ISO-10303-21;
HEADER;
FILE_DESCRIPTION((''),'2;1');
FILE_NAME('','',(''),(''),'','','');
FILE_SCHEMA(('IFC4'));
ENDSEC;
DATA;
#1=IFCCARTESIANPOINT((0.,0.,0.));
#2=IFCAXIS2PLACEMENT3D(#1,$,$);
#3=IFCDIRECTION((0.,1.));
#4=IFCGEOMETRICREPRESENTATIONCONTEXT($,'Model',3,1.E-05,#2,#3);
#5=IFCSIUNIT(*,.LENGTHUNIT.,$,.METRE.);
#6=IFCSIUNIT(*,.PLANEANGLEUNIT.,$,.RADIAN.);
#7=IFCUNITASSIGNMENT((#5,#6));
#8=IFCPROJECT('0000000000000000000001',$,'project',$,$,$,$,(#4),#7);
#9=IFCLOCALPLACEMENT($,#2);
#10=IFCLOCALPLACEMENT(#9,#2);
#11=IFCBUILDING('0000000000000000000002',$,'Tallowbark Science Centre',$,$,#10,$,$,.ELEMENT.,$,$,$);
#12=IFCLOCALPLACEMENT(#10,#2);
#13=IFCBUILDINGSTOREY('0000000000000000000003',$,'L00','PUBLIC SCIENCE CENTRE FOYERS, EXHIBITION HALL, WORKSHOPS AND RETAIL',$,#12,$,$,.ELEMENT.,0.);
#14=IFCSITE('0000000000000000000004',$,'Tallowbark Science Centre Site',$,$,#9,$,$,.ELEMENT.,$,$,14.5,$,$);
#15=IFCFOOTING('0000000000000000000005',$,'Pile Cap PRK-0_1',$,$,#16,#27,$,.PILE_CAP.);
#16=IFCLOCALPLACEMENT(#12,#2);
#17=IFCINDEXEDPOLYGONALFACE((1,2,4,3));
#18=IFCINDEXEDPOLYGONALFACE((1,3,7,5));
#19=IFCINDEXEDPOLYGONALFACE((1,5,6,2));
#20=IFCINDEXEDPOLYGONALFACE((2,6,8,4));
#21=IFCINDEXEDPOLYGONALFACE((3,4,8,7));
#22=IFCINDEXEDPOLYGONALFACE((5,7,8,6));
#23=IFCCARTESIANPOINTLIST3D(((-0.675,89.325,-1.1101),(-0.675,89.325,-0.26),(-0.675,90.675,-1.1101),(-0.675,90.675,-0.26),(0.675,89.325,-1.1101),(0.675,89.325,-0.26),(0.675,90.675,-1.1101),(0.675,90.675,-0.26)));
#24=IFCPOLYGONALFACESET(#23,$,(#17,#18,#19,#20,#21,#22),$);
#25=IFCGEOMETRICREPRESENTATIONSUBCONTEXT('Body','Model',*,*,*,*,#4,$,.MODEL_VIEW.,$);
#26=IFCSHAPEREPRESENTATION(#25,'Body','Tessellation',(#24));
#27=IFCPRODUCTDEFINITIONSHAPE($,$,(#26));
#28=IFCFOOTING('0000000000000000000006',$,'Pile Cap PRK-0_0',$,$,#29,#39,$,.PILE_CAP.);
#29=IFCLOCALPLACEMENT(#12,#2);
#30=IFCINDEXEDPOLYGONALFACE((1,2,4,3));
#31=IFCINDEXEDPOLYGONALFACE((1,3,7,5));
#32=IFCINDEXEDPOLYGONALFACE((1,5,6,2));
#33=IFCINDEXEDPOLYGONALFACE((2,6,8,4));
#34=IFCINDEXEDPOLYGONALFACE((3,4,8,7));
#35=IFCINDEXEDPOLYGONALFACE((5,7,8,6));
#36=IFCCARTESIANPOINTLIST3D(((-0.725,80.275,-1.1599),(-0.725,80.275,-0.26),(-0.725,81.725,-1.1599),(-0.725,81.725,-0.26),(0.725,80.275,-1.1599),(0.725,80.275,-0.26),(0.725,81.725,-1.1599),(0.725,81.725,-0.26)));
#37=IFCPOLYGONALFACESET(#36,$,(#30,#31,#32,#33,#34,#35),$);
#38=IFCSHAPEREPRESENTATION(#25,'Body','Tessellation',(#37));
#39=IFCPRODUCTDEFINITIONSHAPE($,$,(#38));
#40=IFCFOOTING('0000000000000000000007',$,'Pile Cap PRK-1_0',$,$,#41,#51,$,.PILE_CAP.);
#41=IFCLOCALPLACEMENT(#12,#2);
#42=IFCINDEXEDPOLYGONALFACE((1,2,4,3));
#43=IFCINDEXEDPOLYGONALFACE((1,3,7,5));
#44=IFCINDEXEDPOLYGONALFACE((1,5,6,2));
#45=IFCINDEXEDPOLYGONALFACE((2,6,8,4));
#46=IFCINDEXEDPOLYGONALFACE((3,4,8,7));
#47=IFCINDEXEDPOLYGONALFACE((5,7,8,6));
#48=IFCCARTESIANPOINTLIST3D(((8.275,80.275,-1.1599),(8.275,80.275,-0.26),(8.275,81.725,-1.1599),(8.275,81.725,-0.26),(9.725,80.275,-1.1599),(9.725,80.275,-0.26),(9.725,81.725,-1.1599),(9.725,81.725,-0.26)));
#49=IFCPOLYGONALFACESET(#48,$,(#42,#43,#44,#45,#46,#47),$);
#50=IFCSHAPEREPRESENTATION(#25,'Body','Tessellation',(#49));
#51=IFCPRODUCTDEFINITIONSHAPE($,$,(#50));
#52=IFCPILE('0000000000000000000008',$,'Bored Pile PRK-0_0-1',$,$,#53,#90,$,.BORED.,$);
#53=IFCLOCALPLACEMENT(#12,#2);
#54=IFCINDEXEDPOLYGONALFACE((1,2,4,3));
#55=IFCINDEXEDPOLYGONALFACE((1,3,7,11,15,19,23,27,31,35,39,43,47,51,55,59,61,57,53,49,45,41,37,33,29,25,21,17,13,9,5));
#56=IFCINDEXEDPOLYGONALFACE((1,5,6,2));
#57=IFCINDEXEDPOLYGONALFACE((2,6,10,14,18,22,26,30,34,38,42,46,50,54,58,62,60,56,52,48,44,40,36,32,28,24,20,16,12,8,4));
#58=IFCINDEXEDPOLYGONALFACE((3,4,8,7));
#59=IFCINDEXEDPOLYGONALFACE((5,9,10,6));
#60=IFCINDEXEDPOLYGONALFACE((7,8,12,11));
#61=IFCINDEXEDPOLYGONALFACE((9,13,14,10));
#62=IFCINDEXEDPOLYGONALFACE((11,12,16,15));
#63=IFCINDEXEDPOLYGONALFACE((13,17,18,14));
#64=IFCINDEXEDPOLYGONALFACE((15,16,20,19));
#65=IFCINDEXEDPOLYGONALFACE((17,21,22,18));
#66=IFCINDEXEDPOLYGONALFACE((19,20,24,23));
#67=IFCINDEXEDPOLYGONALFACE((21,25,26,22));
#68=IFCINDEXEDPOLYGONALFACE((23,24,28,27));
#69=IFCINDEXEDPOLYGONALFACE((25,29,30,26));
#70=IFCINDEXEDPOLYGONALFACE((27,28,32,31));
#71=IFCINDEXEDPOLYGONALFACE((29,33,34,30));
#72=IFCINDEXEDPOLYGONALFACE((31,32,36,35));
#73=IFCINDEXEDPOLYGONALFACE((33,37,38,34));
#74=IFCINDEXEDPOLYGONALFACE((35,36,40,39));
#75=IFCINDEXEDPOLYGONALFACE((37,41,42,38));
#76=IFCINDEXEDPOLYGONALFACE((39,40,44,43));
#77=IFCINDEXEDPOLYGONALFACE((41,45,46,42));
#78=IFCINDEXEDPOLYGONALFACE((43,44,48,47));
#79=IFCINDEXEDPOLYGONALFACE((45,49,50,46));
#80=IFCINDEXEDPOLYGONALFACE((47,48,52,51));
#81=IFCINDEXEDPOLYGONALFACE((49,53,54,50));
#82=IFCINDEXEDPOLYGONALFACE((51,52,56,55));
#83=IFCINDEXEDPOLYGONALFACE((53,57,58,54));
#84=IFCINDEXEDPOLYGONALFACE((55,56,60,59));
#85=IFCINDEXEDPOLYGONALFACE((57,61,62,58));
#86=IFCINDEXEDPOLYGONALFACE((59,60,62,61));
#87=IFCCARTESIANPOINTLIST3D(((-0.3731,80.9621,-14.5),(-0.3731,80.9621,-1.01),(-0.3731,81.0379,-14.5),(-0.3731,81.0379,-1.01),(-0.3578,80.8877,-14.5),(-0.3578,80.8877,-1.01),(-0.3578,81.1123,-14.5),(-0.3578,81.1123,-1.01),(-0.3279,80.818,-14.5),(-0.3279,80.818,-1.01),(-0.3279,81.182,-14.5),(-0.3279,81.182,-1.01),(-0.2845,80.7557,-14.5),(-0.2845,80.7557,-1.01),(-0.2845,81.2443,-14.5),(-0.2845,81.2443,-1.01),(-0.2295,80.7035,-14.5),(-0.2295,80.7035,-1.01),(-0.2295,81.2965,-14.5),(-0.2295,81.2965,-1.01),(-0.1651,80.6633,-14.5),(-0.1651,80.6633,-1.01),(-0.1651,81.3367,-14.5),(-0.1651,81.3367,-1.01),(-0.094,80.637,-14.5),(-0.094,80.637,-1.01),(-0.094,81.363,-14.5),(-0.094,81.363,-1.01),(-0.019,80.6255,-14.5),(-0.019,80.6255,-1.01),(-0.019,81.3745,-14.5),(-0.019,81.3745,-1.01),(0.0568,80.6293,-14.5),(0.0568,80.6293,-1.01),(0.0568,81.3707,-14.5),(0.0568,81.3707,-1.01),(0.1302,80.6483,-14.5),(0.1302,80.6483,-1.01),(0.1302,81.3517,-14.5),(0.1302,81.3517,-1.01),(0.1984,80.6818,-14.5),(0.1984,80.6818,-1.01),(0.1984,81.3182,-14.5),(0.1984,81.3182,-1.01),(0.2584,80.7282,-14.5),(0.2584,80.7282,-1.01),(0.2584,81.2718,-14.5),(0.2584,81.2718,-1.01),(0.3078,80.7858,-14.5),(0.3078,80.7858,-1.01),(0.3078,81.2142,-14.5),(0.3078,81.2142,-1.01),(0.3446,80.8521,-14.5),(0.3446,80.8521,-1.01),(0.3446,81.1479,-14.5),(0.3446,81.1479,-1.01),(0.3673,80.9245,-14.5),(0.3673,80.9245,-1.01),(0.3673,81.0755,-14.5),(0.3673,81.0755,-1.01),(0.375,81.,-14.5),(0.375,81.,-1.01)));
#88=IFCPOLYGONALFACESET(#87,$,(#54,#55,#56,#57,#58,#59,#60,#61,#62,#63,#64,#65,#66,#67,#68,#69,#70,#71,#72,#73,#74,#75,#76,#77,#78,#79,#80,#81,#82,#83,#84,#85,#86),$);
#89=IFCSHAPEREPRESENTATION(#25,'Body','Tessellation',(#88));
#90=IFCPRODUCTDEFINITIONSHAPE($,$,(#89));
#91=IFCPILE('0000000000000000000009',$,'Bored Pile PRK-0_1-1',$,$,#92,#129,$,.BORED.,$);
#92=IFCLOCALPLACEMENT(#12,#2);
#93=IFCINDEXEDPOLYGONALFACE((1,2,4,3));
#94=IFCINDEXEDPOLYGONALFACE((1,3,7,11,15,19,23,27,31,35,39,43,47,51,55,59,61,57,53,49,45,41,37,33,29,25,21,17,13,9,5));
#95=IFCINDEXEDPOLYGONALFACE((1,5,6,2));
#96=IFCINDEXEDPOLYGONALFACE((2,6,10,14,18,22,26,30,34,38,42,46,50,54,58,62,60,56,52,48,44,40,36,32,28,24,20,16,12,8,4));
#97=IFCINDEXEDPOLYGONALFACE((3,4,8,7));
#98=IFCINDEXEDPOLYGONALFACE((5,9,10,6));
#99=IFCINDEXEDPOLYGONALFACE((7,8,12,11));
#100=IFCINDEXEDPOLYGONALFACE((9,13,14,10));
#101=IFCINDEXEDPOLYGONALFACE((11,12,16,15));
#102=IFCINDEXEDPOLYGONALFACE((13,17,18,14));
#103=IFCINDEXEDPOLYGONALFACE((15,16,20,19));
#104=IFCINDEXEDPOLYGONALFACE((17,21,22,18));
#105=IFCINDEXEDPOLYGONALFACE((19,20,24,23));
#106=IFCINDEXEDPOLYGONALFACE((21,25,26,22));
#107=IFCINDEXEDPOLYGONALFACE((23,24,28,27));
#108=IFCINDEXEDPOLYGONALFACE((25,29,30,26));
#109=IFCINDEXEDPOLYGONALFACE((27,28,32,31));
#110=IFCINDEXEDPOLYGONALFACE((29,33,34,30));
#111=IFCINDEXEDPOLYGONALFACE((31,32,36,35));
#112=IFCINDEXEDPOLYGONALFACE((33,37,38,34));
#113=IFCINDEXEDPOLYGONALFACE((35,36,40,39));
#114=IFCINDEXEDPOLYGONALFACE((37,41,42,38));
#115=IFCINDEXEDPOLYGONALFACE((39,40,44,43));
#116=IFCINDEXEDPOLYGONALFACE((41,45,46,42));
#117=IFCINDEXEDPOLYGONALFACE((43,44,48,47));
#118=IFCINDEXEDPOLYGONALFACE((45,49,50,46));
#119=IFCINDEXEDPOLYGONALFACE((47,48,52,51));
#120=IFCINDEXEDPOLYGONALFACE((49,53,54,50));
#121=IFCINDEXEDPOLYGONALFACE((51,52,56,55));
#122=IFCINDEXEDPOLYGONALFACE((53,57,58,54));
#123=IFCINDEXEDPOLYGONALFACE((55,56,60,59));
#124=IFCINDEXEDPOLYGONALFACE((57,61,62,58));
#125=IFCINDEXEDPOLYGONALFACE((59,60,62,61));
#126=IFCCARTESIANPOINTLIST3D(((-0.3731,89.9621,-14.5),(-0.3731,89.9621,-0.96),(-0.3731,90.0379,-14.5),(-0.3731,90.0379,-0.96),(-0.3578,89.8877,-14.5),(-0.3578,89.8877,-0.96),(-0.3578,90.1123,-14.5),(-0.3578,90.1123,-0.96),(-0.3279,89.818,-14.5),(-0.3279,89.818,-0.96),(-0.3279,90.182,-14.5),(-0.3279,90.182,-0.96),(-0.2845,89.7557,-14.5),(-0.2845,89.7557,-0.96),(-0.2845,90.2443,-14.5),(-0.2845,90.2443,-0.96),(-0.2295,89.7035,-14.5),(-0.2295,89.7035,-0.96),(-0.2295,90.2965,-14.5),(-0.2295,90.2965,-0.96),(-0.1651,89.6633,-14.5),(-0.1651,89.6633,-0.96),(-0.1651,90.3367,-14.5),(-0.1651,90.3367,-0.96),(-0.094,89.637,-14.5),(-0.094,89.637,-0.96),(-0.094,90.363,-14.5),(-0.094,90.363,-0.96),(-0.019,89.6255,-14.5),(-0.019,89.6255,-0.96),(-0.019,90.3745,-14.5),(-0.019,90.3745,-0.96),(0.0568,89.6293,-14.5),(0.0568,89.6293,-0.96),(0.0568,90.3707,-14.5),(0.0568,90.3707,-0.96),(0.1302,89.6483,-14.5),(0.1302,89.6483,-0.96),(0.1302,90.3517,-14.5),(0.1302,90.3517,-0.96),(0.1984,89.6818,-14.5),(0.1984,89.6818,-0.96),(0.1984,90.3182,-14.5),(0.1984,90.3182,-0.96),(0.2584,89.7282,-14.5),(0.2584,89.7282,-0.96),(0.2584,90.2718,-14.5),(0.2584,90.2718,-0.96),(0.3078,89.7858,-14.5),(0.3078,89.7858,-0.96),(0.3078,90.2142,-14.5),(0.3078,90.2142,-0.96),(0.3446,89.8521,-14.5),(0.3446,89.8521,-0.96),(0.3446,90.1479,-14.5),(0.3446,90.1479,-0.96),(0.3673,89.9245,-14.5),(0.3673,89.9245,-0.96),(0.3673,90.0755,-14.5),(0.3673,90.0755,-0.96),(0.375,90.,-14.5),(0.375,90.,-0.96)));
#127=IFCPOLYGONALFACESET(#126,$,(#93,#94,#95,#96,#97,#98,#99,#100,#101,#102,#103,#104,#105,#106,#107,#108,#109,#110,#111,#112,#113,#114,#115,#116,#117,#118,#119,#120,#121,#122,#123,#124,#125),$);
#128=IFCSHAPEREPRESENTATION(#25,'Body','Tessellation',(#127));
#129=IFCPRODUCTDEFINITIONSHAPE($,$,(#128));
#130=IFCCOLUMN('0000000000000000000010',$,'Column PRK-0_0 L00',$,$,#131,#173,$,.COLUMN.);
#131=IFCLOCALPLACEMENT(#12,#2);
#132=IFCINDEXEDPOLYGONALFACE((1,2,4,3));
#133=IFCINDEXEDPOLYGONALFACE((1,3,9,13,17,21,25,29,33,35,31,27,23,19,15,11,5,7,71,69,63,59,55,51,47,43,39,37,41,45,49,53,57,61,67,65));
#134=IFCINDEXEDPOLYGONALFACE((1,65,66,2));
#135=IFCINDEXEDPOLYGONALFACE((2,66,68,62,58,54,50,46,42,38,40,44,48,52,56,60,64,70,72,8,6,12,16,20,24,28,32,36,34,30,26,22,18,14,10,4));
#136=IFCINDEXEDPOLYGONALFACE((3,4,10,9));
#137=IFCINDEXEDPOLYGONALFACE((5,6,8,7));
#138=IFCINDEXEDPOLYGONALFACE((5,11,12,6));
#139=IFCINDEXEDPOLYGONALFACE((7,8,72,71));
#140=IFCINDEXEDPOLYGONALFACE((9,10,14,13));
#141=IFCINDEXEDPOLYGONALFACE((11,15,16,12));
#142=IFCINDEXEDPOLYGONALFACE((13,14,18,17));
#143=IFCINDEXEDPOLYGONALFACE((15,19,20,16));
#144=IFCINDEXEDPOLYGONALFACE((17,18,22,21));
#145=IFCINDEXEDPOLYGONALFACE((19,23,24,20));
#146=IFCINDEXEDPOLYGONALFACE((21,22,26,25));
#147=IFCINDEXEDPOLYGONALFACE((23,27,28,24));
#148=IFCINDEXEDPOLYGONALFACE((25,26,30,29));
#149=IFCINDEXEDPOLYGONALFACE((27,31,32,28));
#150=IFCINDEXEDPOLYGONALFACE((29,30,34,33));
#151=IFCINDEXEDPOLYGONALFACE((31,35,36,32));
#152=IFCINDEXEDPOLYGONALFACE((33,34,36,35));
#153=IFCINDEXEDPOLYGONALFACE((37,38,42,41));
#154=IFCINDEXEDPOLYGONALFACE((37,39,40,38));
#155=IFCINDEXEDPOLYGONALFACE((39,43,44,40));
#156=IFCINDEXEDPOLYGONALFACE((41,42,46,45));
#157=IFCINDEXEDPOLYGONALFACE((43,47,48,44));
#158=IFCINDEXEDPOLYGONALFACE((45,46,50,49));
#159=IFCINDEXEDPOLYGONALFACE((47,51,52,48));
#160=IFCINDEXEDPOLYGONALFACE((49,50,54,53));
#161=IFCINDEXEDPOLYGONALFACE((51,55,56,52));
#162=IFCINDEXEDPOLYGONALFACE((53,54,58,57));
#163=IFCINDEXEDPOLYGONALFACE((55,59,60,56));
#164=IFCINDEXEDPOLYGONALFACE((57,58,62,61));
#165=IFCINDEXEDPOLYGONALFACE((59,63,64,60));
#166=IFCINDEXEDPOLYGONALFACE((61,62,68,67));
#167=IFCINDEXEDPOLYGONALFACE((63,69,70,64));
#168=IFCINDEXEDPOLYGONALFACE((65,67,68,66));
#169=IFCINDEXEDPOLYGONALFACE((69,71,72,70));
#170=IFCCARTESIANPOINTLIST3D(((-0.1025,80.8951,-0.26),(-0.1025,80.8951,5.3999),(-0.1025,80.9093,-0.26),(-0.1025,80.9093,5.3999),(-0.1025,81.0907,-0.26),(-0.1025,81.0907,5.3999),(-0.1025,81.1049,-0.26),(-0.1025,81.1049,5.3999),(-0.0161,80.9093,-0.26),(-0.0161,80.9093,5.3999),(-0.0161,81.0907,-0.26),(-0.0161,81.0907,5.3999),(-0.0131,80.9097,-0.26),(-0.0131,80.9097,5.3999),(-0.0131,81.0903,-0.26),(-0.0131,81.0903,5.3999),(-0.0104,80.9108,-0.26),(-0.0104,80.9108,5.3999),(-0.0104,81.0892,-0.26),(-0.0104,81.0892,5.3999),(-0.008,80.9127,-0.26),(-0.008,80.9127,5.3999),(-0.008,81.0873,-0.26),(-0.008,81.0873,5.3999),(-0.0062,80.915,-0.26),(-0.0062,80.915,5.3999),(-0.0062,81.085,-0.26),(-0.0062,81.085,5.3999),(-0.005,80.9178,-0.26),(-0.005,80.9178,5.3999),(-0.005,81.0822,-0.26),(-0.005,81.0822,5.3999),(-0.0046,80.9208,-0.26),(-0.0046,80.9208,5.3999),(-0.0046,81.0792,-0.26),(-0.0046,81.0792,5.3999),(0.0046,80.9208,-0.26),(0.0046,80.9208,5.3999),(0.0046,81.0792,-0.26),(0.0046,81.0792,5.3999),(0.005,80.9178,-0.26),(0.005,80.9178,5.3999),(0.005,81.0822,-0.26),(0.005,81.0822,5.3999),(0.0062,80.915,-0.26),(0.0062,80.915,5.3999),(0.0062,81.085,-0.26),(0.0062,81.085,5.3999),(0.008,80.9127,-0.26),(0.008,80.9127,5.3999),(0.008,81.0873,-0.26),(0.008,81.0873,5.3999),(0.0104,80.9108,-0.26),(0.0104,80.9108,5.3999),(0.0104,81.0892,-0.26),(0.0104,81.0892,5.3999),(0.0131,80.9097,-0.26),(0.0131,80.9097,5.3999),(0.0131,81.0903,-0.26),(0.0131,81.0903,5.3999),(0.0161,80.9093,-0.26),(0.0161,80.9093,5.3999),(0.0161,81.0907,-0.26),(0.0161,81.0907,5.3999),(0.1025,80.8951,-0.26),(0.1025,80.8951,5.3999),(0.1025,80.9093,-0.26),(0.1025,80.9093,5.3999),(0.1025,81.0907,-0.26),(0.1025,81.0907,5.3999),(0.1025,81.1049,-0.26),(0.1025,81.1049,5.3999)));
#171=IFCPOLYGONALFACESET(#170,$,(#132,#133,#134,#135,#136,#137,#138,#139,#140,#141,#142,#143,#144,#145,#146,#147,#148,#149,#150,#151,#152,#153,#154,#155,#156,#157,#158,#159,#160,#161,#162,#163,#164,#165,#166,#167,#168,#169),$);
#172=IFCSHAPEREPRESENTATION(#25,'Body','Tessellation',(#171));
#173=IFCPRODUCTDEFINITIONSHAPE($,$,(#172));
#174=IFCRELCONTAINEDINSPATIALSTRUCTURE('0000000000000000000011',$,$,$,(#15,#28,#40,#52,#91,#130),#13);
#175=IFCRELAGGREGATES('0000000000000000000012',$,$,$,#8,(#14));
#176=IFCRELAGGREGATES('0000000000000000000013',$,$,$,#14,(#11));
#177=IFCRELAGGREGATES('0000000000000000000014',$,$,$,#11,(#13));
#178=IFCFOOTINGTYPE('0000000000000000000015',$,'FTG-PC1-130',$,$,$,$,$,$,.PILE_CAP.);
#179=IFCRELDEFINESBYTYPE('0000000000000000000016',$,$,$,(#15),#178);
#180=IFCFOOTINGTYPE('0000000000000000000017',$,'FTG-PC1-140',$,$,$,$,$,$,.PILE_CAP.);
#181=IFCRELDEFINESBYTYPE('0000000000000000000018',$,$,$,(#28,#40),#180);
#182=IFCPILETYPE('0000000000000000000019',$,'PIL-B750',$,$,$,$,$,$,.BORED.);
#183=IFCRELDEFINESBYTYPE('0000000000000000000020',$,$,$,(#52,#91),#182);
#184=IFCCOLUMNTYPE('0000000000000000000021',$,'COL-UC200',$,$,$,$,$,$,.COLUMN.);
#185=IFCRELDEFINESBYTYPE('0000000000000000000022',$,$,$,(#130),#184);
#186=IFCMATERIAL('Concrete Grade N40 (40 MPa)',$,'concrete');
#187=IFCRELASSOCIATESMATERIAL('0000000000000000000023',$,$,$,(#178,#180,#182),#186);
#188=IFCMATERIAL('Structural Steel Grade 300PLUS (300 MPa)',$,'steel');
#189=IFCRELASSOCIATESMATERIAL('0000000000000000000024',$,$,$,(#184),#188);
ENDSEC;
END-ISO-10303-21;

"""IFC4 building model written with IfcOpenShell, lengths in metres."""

from ifc_helpers import new_model, si_unit, direction, frame, origin, origin_2d, place, context, subcontext, project, spatial, rectangle, circle, i_section, extrude, material, material_profile, profile_set, type_object, element, save


model = new_model("IFC4")

# Units and contexts
model_context = context("Model", 3, precision=1e-05, world=origin(), true_north=direction((0.0, 1.0)))
body_context = subcontext(model_context, "Body", "Model", "MODEL_VIEW")
ifc_project = project(units=[si_unit("LENGTHUNIT", "METRE"), si_unit("PLANEANGLEUNIT", "RADIAN")], contexts=[model_context])

# Site, building, storey
site_placement = place(None, origin())
site = spatial("IfcSite", under=ifc_project, at=site_placement, Name="Tallowbark Science Centre Site", CompositionType="ELEMENT", RefElevation=14.5)
building_placement = place(site_placement, origin())
building = spatial("IfcBuilding", under=site, at=building_placement, Name="Tallowbark Science Centre", CompositionType="ELEMENT")
storey_placement = place(building_placement, origin())
storey = spatial("IfcBuildingStorey", under=building, at=storey_placement, Name="L00", Description="PUBLIC SCIENCE CENTRE FOYERS, EXHIBITION HALL, WORKSHOPS AND RETAIL", CompositionType="ELEMENT", Elevation=0.0)

# Footings
ifc_material_1 = material(Name="Concrete Grade N40 (40 MPa)", Category="concrete")
footing_type_1 = type_object("IfcFootingType", Name="FTG-PC1-130", PredefinedType="PILE_CAP", material=ifc_material_1)
footing_placement = place(storey_placement, frame((0.0, 90.0, -1.1101), z_axis=(0.0, 0.0, 1.0), x_axis=(1.0, 0.0, 0.0)))
element("IfcFooting", 1, at=footing_placement, inside=storey, type_object=footing_type_1, Name="Pile Cap PRK-0_1", PredefinedType="PILE_CAP", context=body_context, shape_type="SweptSolid", body=[
    extrude(rectangle(XDim=1.3501, YDim=1.3501, at=origin_2d()), origin(), (0.0, 0.0, 1.0), 0.8501),
])
footing_type_2 = type_object("IfcFootingType", Name="FTG-PC1-140", PredefinedType="PILE_CAP", material=ifc_material_1)
for number, where, z_axis, x_axis, name in (
    (2, (0.0, 81.0, -1.1599), (0.0, 0.0, 1.0), (1.0, 0.0, 0.0), "Pile Cap PRK-0_0"),
    (3, (9.0, 81.0, -1.1599), (0.0, 0.0, 1.0), (1.0, 0.0, 0.0), "Pile Cap PRK-1_0"),
):
    element("IfcFooting", number, at=place(storey_placement, frame(where, z_axis=z_axis, x_axis=x_axis)), inside=storey, type_object=footing_type_2, Name=name, PredefinedType="PILE_CAP", context=body_context, shape_type="SweptSolid", body=[
        extrude(rectangle(XDim=1.45, YDim=1.45, at=origin_2d()), origin(), (0.0, 0.0, 1.0), 0.8999),
    ])

# Piles
ifc_material_profile_1 = material_profile(ifc_material_1, circle(Radius=0.375, at=origin_2d()), Name="PILE750")
ifc_profile_set_1 = profile_set([ifc_material_profile_1], Name="Concrete Grade N40 (40 MPa)")
pile_type = type_object("IfcPileType", Name="PIL-B750", PredefinedType="BORED", material=ifc_profile_set_1)
pile_1_placement = place(storey_placement, frame((0.0, 81.0, -1.01), z_axis=(0.0, 0.0, -1.0), x_axis=(1.0, 0.0, 0.0)))
element("IfcPile", 4, at=pile_1_placement, inside=storey, type_object=pile_type, Name="Bored Pile PRK-0_0-1", PredefinedType="BORED", context=body_context, shape_type="SweptSolid", body=[
    extrude(circle(Radius=0.375, at=origin_2d()), origin(), (0.0, 0.0, 1.0), 13.49),
])
pile_2_placement = place(storey_placement, frame((0.0, 90.0, -0.96), z_axis=(0.0, 0.0, -1.0), x_axis=(1.0, 0.0, 0.0)))
element("IfcPile", 5, at=pile_2_placement, inside=storey, type_object=pile_type, Name="Bored Pile PRK-0_1-1", PredefinedType="BORED", context=body_context, shape_type="SweptSolid", body=[
    extrude(circle(Radius=0.375, at=origin_2d()), origin(), (0.0, 0.0, 1.0), 13.54),
])

# Column
ifc_material_2 = material(Name="Structural Steel Grade 300PLUS (300 MPa)", Category="steel")
ifc_material_profile_2 = material_profile(ifc_material_2, i_section(OverallWidth=0.2051, OverallDepth=0.2097, WebThickness=0.0093, FlangeThickness=0.0142, FilletRadius=0.0115, at=origin_2d()), Name="200UC59.5")
ifc_profile_set_2 = profile_set([ifc_material_profile_2], Name="Structural Steel Grade 300PLUS (300 MPa)")
column_type = type_object("IfcColumnType", Name="COL-UC200", PredefinedType="COLUMN", material=ifc_profile_set_2)
for number, where, z_axis, x_axis, name in (
    (6, (0.0, 81.0, -0.26), (0.0, 0.0, 1.0), (1.0, 0.0, 0.0), "Column PRK-0_0 L00"),
):
    element("IfcColumn", number, at=place(storey_placement, frame(where, z_axis=z_axis, x_axis=x_axis)), inside=storey, type_object=column_type, Name=name, PredefinedType="COLUMN", context=body_context, shape_type="SweptSolid", body=[
        extrude(i_section(OverallWidth=0.2051, OverallDepth=0.2097, WebThickness=0.0093, FlangeThickness=0.0142, FilletRadius=0.0115, at=origin_2d()), origin(), (0.0, 0.0, 1.0), 5.6599),
    ])

save(model, "model.ifc")
